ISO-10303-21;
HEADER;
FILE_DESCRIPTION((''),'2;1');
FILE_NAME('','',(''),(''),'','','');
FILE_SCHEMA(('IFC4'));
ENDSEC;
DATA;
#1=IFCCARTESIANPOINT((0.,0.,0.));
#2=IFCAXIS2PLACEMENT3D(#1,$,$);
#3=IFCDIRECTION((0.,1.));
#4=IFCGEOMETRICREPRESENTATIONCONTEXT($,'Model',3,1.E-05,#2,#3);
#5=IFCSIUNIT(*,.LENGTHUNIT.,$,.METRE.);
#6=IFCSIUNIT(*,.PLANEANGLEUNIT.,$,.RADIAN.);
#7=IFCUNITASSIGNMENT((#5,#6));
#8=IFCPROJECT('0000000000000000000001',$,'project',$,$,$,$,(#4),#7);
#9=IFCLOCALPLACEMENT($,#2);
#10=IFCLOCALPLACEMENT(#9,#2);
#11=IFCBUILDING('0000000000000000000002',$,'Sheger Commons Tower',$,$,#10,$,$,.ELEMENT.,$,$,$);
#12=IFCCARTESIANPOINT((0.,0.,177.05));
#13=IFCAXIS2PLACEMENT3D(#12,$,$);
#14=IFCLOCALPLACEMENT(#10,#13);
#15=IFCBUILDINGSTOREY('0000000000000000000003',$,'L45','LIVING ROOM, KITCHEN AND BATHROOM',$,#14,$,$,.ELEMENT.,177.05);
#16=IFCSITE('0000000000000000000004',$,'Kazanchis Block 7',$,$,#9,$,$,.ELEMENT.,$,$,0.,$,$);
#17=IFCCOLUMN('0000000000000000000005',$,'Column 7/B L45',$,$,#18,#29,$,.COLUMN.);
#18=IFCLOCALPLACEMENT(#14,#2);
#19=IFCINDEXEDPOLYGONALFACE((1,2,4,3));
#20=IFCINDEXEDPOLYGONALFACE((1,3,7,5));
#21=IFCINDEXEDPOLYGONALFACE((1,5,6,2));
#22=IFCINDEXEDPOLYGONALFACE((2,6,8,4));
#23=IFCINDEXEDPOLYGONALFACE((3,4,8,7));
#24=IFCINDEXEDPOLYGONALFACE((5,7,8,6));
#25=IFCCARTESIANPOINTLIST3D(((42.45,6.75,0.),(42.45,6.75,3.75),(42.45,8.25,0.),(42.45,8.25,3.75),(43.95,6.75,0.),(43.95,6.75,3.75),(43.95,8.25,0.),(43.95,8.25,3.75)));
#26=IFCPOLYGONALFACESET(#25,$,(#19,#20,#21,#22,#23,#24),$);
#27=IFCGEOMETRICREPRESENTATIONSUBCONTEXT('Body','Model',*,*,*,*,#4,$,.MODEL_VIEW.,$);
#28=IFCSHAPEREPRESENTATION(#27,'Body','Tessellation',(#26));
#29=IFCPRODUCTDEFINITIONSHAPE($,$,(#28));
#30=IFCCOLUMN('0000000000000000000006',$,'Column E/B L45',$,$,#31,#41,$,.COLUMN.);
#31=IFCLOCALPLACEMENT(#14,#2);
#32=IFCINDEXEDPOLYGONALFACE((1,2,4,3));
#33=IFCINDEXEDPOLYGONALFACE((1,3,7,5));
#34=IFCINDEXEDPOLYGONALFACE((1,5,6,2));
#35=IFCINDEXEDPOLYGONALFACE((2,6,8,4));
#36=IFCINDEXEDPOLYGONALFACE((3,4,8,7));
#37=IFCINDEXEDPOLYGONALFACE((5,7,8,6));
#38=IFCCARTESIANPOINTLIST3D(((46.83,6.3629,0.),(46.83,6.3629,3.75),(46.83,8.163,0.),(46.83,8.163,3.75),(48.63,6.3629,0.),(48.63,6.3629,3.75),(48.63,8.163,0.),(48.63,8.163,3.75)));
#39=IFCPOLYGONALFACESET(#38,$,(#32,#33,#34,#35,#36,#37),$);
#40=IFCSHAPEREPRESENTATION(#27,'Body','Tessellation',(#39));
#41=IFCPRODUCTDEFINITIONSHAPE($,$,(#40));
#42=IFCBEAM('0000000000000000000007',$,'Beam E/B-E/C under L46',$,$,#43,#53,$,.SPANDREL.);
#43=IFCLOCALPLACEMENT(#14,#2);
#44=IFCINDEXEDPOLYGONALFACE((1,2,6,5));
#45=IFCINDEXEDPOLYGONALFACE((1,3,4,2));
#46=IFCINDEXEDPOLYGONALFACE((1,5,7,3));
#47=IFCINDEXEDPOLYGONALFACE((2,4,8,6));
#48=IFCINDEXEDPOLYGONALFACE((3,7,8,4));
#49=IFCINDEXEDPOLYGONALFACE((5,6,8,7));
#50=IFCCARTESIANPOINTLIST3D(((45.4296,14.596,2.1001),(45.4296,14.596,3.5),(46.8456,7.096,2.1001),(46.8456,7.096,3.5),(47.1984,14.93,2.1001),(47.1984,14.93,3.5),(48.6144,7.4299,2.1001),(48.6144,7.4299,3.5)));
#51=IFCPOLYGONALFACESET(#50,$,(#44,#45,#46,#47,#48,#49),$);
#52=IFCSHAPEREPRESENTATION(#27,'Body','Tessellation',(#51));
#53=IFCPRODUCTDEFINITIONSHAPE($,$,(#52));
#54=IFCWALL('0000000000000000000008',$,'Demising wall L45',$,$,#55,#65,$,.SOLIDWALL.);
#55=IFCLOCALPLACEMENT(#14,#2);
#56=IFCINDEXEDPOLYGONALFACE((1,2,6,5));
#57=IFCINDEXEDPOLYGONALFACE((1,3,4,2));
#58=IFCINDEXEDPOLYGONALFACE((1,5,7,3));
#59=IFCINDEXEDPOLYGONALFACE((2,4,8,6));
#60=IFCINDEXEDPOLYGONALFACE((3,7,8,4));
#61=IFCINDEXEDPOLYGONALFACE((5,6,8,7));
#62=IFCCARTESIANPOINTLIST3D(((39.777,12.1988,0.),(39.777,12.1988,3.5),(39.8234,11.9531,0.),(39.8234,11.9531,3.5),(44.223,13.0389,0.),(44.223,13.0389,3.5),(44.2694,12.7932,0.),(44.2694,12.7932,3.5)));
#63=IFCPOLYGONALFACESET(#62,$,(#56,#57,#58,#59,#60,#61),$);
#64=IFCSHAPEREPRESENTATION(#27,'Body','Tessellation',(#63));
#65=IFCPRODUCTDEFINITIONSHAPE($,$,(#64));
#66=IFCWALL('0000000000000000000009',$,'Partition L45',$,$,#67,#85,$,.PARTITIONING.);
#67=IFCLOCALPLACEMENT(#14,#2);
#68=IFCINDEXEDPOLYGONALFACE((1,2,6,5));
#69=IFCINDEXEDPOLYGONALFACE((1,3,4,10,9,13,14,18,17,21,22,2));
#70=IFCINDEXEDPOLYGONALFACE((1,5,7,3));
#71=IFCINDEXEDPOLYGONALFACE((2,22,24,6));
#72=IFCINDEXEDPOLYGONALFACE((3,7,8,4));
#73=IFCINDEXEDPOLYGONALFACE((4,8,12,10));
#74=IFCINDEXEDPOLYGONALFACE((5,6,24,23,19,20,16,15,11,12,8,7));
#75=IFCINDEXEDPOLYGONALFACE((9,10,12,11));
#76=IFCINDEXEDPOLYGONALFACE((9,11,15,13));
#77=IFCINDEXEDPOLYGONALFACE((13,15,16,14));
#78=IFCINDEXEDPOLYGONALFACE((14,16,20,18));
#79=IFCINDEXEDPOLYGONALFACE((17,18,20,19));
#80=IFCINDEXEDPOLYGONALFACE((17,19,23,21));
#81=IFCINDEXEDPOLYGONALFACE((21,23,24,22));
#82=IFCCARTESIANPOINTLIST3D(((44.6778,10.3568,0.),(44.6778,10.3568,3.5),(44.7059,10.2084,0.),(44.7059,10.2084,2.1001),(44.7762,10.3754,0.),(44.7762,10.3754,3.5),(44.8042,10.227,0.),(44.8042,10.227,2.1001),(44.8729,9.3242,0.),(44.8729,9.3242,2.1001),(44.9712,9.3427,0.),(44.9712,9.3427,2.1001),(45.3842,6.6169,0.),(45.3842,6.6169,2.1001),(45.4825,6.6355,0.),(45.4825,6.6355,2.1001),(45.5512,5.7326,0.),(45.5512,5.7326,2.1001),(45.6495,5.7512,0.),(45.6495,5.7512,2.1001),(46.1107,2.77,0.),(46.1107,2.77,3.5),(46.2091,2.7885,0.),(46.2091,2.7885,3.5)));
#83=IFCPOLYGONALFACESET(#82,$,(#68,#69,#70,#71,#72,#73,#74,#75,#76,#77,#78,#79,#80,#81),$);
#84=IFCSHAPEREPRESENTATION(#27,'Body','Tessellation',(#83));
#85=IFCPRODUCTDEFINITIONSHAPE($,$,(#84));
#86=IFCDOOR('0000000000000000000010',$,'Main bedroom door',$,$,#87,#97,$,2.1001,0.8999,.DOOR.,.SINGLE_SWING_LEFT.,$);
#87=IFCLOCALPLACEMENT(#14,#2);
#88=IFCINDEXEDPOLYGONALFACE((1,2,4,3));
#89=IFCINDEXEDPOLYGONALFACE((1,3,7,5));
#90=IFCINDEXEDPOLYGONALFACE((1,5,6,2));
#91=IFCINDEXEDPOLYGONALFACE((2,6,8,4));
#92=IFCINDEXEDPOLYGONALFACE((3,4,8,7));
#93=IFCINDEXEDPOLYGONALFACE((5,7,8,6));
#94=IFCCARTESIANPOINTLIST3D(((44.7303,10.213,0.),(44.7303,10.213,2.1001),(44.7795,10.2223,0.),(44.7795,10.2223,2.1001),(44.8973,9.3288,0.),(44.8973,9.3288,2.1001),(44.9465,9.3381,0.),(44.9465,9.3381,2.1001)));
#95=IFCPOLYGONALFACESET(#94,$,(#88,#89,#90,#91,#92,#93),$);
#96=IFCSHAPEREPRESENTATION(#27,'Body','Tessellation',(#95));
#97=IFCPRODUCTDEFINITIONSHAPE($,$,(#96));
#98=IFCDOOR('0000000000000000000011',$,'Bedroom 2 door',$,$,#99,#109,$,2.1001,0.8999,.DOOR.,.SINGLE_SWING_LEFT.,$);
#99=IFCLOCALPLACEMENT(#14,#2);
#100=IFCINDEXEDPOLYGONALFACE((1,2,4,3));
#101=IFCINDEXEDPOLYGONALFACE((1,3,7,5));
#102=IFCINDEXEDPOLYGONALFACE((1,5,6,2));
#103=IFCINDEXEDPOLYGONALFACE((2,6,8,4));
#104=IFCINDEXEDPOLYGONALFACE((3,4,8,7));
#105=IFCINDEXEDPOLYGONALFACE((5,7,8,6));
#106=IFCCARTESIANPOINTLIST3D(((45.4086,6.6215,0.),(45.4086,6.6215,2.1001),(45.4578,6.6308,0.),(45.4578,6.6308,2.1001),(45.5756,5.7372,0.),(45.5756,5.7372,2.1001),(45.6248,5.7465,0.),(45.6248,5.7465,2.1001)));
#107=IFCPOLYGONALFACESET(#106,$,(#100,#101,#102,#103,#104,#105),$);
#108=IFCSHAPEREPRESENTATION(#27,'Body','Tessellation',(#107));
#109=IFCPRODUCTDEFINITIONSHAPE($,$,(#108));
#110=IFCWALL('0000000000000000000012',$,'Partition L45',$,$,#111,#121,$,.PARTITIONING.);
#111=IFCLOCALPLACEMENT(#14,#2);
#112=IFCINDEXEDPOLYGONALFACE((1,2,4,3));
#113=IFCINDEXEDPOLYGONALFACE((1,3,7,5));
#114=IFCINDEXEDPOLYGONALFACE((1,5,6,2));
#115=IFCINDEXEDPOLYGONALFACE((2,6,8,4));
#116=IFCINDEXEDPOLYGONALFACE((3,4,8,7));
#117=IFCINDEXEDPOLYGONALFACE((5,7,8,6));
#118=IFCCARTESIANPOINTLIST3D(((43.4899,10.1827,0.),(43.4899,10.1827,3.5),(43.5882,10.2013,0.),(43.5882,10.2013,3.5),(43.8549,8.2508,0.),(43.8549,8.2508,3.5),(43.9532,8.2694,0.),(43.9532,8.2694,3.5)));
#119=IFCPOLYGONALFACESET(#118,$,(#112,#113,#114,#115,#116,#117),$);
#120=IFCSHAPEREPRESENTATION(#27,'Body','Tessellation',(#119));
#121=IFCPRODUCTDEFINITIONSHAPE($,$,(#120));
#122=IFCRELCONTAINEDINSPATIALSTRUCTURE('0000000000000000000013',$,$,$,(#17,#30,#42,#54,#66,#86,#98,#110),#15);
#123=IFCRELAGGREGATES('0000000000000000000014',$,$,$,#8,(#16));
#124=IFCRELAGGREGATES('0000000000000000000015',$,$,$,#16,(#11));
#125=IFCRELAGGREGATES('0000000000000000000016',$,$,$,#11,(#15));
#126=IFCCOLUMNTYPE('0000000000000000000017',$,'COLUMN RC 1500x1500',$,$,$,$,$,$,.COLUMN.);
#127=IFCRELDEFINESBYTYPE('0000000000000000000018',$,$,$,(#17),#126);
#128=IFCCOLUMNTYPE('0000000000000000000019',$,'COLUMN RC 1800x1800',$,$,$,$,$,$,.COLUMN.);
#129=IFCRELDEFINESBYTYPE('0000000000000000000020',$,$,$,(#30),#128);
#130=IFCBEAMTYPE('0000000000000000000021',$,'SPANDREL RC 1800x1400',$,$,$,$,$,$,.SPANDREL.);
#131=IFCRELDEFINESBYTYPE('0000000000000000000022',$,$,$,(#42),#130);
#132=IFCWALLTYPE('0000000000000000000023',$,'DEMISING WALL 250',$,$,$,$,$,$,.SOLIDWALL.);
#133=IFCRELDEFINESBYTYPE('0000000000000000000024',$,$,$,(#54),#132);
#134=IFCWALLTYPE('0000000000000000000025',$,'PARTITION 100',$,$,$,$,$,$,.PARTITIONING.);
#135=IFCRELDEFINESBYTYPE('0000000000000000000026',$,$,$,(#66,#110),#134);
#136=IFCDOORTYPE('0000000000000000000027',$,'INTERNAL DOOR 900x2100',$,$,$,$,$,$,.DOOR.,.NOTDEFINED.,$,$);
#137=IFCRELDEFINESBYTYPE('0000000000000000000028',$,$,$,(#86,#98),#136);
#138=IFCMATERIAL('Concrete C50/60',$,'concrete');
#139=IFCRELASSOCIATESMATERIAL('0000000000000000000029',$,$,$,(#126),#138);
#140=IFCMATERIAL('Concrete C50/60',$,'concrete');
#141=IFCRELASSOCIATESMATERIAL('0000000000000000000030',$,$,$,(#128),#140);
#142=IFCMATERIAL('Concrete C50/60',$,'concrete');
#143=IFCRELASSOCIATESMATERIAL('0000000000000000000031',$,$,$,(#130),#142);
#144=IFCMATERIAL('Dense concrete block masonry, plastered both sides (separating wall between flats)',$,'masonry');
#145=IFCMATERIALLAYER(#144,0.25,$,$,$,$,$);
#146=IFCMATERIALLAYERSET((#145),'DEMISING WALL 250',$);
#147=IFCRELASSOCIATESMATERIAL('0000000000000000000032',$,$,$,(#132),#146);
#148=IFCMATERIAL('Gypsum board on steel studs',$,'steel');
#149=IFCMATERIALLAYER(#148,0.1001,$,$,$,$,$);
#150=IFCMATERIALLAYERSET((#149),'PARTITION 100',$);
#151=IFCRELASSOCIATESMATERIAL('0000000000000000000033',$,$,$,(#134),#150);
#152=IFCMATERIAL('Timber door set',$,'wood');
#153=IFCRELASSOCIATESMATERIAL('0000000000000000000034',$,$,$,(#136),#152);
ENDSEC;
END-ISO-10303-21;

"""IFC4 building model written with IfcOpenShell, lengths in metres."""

from ifc_helpers import new_model, si_unit, direction, frame, frame_2d, origin, origin_2d, place, context, subcontext, project, spatial, rectangle, extrude, material, layer, layer_set, material_profile, profile_set, type_object, element, fill, save


model = new_model("IFC4")

# Units and contexts
model_context = context("Model", 3, precision=1e-05, world=origin(), true_north=direction((0.0, 1.0)))
body_context = subcontext(model_context, "Body", "Model", "MODEL_VIEW")
ifc_project = project(units=[si_unit("LENGTHUNIT", "METRE"), si_unit("PLANEANGLEUNIT", "RADIAN")], contexts=[model_context])

# Site, building, storey
site_placement = place(None, origin())
site = spatial("IfcSite", under=ifc_project, at=site_placement, Name="Kazanchis Block 7", CompositionType="ELEMENT", RefElevation=0.0)
building_placement = place(site_placement, origin())
building = spatial("IfcBuilding", under=site, at=building_placement, Name="Sheger Commons Tower", CompositionType="ELEMENT")
storey_placement = place(building_placement, frame((0.0, 0.0, 177.05)))
storey = spatial("IfcBuildingStorey", under=building, at=storey_placement, Name="L45", Description="LIVING ROOM, KITCHEN AND BATHROOM", CompositionType="ELEMENT", Elevation=177.05)

# Columns
ifc_material_1 = material(Name="Concrete C50/60", Category="concrete")
ifc_material_profile_1 = material_profile(ifc_material_1, rectangle(XDim=1.5, YDim=1.5, at=origin_2d()), Name="RC 1500x1500")
ifc_profile_set_1 = profile_set([ifc_material_profile_1], Name="Concrete C50/60")
column_type_1 = type_object("IfcColumnType", Name="COLUMN RC 1500x1500", PredefinedType="COLUMN", material=ifc_profile_set_1)
column_1_placement = place(storey_placement, frame((43.2, 7.5, 0.0), z_axis=(0.0, 0.0, 1.0), x_axis=(1.0, 0.0, 0.0)))
element("IfcColumn", 1, at=column_1_placement, inside=storey, type_object=column_type_1, Name="Column 7/B L45", PredefinedType="COLUMN", context=body_context, shape_type="SweptSolid", body=[
    extrude(rectangle(XDim=1.5, YDim=1.5, at=origin_2d()), origin(), (0.0, 0.0, 1.0), 3.75),
])
ifc_material_2 = material(Name="Concrete C50/60", Category="concrete")
ifc_material_profile_2 = material_profile(ifc_material_2, rectangle(XDim=1.8, YDim=1.8, at=origin_2d()), Name="RC 1800x1800")
ifc_profile_set_2 = profile_set([ifc_material_profile_2], Name="Concrete C50/60")
column_type_2 = type_object("IfcColumnType", Name="COLUMN RC 1800x1800", PredefinedType="COLUMN", material=ifc_profile_set_2)
column_2_placement = place(storey_placement, frame((47.73, 7.2629, 0.0), z_axis=(0.0, 0.0, 1.0), x_axis=(1.0, 0.0, 0.0)))
element("IfcColumn", 2, at=column_2_placement, inside=storey, type_object=column_type_2, Name="Column E/B L45", PredefinedType="COLUMN", context=body_context, shape_type="SweptSolid", body=[
    extrude(rectangle(XDim=1.8, YDim=1.8, at=origin_2d()), origin(), (0.0, 0.0, 1.0), 3.75),
])

# Beam
ifc_material_3 = material(Name="Concrete C50/60", Category="concrete")
ifc_material_profile_3 = material_profile(ifc_material_3, rectangle(XDim=1.8, YDim=1.3999, at=origin_2d()), Name="RC 1800x1400")
ifc_profile_set_3 = profile_set([ifc_material_profile_3], Name="Concrete C50/60")
beam_type = type_object("IfcBeamType", Name="SPANDREL RC 1800x1400", PredefinedType="SPANDREL", material=ifc_profile_set_3)
beam_placement = place(storey_placement, frame((47.73, 7.2629, 2.8), z_axis=(-0.185524, 0.98264, 0.0), x_axis=(-0.98264, -0.185524, 0.0)))
element("IfcBeam", 3, at=beam_placement, inside=storey, type_object=beam_type, Name="Beam E/B-E/C under L46", PredefinedType="SPANDREL", context=body_context, shape_type="SweptSolid", body=[
    extrude(rectangle(XDim=1.8, YDim=1.3999, at=origin_2d()), origin(), (0.0, 0.0, 1.0), 7.6326),
])

# Wall
ifc_material_4 = material(Name="Dense concrete block masonry, plastered both sides (separating wall between flats)", Category="masonry")
ifc_layer_1 = layer(ifc_material_4, 0.25)
ifc_layer_set_1 = layer_set([ifc_layer_1], Name="DEMISING WALL 250")
wall_type_1 = type_object("IfcWallType", Name="DEMISING WALL 250", PredefinedType="SOLIDWALL", material=ifc_layer_set_1)
wall_1_placement = place(storey_placement, frame((44.2461, 12.916, 0.0), z_axis=(0.0, 0.0, 1.0), x_axis=(-0.982613, -0.185666, 0.0)))
element("IfcWall", 4, at=wall_1_placement, inside=storey, type_object=wall_type_1, Name="Demising wall L45", PredefinedType="SOLIDWALL", context=body_context, shape_type="SweptSolid", body=[
    extrude(rectangle(XDim=4.5247, YDim=0.25, at=frame_2d((2.2622, 0.0))), origin(), (0.0, 0.0, 1.0), 3.5),
])

# Wall, openings, doors
ifc_material_5 = material(Name="Gypsum board on steel studs", Category="steel")
ifc_layer_2 = layer(ifc_material_5, 0.1001)
ifc_layer_set_2 = layer_set([ifc_layer_2], Name="PARTITION 100")
wall_type_2 = type_object("IfcWallType", Name="PARTITION 100", PredefinedType="PARTITIONING", material=ifc_layer_set_2)
wall_2_placement = place(storey_placement, frame((44.7271, 10.366, 0.0), z_axis=(0.0, 0.0, 1.0), x_axis=(0.185579, -0.982629, 0.0)))
wall_2 = element("IfcWall", 5, at=wall_2_placement, inside=storey, type_object=wall_type_2, Name="Partition L45", PredefinedType="PARTITIONING", context=body_context, shape_type="SweptSolid", body=[
    extrude(rectangle(XDim=7.7209, YDim=0.1001, at=frame_2d((3.8604, 0.0))), origin(), (0.0, 0.0, 1.0), 3.5),
])
opening_1_placement = place(wall_2_placement, frame((0.1509, 0.0, 0.0)))
opening_1 = element("IfcOpeningElement", 6, at=opening_1_placement, cuts=wall_2, PredefinedType="OPENING", context=body_context, shape_type="SweptSolid", body=[
    extrude(rectangle(XDim=0.8999, YDim=2.1001, at=frame_2d((0.45, 1.05))), frame((0.0, 0.0601, 0.0), z_axis=(0.0, -1.0, 0.0), x_axis=(1.0, 0.0, 0.0)), (0.0, 0.0, 1.0), 0.1201),
])
opening_2_placement = place(wall_2_placement, frame((3.8059, 0.0, 0.0)))
opening_2 = element("IfcOpeningElement", 7, at=opening_2_placement, cuts=wall_2, PredefinedType="OPENING", context=body_context, shape_type="SweptSolid", body=[
    extrude(rectangle(XDim=0.8999, YDim=2.1001, at=frame_2d((0.45, 1.05))), frame((0.0, 0.0601, 0.0), z_axis=(0.0, -1.0, 0.0), x_axis=(1.0, 0.0, 0.0)), (0.0, 0.0, 1.0), 0.1201),
])
ifc_material_6 = material(Name="Timber door set", Category="wood")
door_type = type_object("IfcDoorType", Name="INTERNAL DOOR 900x2100", OperationType="NOTDEFINED", PredefinedType="DOOR", material=ifc_material_6)
door_1_placement = place(opening_1_placement, origin())
door_1 = element("IfcDoor", 8, at=door_1_placement, inside=storey, type_object=door_type, Name="Main bedroom door", OperationType="SINGLE_SWING_LEFT", OverallHeight=2.1001, OverallWidth=0.8999, PredefinedType="DOOR", context=body_context, shape_type="SweptSolid", body=[
    extrude(rectangle(XDim=0.8999, YDim=2.1001, at=frame_2d((0.45, 1.05))), frame((0.0, 0.0249, 0.0), z_axis=(0.0, -1.0, 0.0), x_axis=(1.0, 0.0, 0.0)), (0.0, 0.0, 1.0), 0.05),
])
fill(opening_1, door_1)
door_2_placement = place(opening_2_placement, origin())
door_2 = element("IfcDoor", 9, at=door_2_placement, inside=storey, type_object=door_type, Name="Bedroom 2 door", OperationType="SINGLE_SWING_LEFT", OverallHeight=2.1001, OverallWidth=0.8999, PredefinedType="DOOR", context=body_context, shape_type="SweptSolid", body=[
    extrude(rectangle(XDim=0.8999, YDim=2.1001, at=frame_2d((0.45, 1.05))), frame((0.0, 0.0249, 0.0), z_axis=(0.0, -1.0, 0.0), x_axis=(1.0, 0.0, 0.0)), (0.0, 0.0, 1.0), 0.05),
])
fill(opening_2, door_2)

# Wall
wall_3_placement = place(storey_placement, frame((43.5391, 10.1919, 0.0), z_axis=(0.0, 0.0, 1.0), x_axis=(0.185645, -0.982617, 0.0)))
element("IfcWall", 10, at=wall_3_placement, inside=storey, type_object=wall_type_2, Name="Partition L45", PredefinedType="PARTITIONING", context=body_context, shape_type="SweptSolid", body=[
    extrude(rectangle(XDim=1.9661, YDim=0.1001, at=frame_2d((0.9829, 0.0))), origin(), (0.0, 0.0, 1.0), 3.5),
])

save(model, "model.ifc")
